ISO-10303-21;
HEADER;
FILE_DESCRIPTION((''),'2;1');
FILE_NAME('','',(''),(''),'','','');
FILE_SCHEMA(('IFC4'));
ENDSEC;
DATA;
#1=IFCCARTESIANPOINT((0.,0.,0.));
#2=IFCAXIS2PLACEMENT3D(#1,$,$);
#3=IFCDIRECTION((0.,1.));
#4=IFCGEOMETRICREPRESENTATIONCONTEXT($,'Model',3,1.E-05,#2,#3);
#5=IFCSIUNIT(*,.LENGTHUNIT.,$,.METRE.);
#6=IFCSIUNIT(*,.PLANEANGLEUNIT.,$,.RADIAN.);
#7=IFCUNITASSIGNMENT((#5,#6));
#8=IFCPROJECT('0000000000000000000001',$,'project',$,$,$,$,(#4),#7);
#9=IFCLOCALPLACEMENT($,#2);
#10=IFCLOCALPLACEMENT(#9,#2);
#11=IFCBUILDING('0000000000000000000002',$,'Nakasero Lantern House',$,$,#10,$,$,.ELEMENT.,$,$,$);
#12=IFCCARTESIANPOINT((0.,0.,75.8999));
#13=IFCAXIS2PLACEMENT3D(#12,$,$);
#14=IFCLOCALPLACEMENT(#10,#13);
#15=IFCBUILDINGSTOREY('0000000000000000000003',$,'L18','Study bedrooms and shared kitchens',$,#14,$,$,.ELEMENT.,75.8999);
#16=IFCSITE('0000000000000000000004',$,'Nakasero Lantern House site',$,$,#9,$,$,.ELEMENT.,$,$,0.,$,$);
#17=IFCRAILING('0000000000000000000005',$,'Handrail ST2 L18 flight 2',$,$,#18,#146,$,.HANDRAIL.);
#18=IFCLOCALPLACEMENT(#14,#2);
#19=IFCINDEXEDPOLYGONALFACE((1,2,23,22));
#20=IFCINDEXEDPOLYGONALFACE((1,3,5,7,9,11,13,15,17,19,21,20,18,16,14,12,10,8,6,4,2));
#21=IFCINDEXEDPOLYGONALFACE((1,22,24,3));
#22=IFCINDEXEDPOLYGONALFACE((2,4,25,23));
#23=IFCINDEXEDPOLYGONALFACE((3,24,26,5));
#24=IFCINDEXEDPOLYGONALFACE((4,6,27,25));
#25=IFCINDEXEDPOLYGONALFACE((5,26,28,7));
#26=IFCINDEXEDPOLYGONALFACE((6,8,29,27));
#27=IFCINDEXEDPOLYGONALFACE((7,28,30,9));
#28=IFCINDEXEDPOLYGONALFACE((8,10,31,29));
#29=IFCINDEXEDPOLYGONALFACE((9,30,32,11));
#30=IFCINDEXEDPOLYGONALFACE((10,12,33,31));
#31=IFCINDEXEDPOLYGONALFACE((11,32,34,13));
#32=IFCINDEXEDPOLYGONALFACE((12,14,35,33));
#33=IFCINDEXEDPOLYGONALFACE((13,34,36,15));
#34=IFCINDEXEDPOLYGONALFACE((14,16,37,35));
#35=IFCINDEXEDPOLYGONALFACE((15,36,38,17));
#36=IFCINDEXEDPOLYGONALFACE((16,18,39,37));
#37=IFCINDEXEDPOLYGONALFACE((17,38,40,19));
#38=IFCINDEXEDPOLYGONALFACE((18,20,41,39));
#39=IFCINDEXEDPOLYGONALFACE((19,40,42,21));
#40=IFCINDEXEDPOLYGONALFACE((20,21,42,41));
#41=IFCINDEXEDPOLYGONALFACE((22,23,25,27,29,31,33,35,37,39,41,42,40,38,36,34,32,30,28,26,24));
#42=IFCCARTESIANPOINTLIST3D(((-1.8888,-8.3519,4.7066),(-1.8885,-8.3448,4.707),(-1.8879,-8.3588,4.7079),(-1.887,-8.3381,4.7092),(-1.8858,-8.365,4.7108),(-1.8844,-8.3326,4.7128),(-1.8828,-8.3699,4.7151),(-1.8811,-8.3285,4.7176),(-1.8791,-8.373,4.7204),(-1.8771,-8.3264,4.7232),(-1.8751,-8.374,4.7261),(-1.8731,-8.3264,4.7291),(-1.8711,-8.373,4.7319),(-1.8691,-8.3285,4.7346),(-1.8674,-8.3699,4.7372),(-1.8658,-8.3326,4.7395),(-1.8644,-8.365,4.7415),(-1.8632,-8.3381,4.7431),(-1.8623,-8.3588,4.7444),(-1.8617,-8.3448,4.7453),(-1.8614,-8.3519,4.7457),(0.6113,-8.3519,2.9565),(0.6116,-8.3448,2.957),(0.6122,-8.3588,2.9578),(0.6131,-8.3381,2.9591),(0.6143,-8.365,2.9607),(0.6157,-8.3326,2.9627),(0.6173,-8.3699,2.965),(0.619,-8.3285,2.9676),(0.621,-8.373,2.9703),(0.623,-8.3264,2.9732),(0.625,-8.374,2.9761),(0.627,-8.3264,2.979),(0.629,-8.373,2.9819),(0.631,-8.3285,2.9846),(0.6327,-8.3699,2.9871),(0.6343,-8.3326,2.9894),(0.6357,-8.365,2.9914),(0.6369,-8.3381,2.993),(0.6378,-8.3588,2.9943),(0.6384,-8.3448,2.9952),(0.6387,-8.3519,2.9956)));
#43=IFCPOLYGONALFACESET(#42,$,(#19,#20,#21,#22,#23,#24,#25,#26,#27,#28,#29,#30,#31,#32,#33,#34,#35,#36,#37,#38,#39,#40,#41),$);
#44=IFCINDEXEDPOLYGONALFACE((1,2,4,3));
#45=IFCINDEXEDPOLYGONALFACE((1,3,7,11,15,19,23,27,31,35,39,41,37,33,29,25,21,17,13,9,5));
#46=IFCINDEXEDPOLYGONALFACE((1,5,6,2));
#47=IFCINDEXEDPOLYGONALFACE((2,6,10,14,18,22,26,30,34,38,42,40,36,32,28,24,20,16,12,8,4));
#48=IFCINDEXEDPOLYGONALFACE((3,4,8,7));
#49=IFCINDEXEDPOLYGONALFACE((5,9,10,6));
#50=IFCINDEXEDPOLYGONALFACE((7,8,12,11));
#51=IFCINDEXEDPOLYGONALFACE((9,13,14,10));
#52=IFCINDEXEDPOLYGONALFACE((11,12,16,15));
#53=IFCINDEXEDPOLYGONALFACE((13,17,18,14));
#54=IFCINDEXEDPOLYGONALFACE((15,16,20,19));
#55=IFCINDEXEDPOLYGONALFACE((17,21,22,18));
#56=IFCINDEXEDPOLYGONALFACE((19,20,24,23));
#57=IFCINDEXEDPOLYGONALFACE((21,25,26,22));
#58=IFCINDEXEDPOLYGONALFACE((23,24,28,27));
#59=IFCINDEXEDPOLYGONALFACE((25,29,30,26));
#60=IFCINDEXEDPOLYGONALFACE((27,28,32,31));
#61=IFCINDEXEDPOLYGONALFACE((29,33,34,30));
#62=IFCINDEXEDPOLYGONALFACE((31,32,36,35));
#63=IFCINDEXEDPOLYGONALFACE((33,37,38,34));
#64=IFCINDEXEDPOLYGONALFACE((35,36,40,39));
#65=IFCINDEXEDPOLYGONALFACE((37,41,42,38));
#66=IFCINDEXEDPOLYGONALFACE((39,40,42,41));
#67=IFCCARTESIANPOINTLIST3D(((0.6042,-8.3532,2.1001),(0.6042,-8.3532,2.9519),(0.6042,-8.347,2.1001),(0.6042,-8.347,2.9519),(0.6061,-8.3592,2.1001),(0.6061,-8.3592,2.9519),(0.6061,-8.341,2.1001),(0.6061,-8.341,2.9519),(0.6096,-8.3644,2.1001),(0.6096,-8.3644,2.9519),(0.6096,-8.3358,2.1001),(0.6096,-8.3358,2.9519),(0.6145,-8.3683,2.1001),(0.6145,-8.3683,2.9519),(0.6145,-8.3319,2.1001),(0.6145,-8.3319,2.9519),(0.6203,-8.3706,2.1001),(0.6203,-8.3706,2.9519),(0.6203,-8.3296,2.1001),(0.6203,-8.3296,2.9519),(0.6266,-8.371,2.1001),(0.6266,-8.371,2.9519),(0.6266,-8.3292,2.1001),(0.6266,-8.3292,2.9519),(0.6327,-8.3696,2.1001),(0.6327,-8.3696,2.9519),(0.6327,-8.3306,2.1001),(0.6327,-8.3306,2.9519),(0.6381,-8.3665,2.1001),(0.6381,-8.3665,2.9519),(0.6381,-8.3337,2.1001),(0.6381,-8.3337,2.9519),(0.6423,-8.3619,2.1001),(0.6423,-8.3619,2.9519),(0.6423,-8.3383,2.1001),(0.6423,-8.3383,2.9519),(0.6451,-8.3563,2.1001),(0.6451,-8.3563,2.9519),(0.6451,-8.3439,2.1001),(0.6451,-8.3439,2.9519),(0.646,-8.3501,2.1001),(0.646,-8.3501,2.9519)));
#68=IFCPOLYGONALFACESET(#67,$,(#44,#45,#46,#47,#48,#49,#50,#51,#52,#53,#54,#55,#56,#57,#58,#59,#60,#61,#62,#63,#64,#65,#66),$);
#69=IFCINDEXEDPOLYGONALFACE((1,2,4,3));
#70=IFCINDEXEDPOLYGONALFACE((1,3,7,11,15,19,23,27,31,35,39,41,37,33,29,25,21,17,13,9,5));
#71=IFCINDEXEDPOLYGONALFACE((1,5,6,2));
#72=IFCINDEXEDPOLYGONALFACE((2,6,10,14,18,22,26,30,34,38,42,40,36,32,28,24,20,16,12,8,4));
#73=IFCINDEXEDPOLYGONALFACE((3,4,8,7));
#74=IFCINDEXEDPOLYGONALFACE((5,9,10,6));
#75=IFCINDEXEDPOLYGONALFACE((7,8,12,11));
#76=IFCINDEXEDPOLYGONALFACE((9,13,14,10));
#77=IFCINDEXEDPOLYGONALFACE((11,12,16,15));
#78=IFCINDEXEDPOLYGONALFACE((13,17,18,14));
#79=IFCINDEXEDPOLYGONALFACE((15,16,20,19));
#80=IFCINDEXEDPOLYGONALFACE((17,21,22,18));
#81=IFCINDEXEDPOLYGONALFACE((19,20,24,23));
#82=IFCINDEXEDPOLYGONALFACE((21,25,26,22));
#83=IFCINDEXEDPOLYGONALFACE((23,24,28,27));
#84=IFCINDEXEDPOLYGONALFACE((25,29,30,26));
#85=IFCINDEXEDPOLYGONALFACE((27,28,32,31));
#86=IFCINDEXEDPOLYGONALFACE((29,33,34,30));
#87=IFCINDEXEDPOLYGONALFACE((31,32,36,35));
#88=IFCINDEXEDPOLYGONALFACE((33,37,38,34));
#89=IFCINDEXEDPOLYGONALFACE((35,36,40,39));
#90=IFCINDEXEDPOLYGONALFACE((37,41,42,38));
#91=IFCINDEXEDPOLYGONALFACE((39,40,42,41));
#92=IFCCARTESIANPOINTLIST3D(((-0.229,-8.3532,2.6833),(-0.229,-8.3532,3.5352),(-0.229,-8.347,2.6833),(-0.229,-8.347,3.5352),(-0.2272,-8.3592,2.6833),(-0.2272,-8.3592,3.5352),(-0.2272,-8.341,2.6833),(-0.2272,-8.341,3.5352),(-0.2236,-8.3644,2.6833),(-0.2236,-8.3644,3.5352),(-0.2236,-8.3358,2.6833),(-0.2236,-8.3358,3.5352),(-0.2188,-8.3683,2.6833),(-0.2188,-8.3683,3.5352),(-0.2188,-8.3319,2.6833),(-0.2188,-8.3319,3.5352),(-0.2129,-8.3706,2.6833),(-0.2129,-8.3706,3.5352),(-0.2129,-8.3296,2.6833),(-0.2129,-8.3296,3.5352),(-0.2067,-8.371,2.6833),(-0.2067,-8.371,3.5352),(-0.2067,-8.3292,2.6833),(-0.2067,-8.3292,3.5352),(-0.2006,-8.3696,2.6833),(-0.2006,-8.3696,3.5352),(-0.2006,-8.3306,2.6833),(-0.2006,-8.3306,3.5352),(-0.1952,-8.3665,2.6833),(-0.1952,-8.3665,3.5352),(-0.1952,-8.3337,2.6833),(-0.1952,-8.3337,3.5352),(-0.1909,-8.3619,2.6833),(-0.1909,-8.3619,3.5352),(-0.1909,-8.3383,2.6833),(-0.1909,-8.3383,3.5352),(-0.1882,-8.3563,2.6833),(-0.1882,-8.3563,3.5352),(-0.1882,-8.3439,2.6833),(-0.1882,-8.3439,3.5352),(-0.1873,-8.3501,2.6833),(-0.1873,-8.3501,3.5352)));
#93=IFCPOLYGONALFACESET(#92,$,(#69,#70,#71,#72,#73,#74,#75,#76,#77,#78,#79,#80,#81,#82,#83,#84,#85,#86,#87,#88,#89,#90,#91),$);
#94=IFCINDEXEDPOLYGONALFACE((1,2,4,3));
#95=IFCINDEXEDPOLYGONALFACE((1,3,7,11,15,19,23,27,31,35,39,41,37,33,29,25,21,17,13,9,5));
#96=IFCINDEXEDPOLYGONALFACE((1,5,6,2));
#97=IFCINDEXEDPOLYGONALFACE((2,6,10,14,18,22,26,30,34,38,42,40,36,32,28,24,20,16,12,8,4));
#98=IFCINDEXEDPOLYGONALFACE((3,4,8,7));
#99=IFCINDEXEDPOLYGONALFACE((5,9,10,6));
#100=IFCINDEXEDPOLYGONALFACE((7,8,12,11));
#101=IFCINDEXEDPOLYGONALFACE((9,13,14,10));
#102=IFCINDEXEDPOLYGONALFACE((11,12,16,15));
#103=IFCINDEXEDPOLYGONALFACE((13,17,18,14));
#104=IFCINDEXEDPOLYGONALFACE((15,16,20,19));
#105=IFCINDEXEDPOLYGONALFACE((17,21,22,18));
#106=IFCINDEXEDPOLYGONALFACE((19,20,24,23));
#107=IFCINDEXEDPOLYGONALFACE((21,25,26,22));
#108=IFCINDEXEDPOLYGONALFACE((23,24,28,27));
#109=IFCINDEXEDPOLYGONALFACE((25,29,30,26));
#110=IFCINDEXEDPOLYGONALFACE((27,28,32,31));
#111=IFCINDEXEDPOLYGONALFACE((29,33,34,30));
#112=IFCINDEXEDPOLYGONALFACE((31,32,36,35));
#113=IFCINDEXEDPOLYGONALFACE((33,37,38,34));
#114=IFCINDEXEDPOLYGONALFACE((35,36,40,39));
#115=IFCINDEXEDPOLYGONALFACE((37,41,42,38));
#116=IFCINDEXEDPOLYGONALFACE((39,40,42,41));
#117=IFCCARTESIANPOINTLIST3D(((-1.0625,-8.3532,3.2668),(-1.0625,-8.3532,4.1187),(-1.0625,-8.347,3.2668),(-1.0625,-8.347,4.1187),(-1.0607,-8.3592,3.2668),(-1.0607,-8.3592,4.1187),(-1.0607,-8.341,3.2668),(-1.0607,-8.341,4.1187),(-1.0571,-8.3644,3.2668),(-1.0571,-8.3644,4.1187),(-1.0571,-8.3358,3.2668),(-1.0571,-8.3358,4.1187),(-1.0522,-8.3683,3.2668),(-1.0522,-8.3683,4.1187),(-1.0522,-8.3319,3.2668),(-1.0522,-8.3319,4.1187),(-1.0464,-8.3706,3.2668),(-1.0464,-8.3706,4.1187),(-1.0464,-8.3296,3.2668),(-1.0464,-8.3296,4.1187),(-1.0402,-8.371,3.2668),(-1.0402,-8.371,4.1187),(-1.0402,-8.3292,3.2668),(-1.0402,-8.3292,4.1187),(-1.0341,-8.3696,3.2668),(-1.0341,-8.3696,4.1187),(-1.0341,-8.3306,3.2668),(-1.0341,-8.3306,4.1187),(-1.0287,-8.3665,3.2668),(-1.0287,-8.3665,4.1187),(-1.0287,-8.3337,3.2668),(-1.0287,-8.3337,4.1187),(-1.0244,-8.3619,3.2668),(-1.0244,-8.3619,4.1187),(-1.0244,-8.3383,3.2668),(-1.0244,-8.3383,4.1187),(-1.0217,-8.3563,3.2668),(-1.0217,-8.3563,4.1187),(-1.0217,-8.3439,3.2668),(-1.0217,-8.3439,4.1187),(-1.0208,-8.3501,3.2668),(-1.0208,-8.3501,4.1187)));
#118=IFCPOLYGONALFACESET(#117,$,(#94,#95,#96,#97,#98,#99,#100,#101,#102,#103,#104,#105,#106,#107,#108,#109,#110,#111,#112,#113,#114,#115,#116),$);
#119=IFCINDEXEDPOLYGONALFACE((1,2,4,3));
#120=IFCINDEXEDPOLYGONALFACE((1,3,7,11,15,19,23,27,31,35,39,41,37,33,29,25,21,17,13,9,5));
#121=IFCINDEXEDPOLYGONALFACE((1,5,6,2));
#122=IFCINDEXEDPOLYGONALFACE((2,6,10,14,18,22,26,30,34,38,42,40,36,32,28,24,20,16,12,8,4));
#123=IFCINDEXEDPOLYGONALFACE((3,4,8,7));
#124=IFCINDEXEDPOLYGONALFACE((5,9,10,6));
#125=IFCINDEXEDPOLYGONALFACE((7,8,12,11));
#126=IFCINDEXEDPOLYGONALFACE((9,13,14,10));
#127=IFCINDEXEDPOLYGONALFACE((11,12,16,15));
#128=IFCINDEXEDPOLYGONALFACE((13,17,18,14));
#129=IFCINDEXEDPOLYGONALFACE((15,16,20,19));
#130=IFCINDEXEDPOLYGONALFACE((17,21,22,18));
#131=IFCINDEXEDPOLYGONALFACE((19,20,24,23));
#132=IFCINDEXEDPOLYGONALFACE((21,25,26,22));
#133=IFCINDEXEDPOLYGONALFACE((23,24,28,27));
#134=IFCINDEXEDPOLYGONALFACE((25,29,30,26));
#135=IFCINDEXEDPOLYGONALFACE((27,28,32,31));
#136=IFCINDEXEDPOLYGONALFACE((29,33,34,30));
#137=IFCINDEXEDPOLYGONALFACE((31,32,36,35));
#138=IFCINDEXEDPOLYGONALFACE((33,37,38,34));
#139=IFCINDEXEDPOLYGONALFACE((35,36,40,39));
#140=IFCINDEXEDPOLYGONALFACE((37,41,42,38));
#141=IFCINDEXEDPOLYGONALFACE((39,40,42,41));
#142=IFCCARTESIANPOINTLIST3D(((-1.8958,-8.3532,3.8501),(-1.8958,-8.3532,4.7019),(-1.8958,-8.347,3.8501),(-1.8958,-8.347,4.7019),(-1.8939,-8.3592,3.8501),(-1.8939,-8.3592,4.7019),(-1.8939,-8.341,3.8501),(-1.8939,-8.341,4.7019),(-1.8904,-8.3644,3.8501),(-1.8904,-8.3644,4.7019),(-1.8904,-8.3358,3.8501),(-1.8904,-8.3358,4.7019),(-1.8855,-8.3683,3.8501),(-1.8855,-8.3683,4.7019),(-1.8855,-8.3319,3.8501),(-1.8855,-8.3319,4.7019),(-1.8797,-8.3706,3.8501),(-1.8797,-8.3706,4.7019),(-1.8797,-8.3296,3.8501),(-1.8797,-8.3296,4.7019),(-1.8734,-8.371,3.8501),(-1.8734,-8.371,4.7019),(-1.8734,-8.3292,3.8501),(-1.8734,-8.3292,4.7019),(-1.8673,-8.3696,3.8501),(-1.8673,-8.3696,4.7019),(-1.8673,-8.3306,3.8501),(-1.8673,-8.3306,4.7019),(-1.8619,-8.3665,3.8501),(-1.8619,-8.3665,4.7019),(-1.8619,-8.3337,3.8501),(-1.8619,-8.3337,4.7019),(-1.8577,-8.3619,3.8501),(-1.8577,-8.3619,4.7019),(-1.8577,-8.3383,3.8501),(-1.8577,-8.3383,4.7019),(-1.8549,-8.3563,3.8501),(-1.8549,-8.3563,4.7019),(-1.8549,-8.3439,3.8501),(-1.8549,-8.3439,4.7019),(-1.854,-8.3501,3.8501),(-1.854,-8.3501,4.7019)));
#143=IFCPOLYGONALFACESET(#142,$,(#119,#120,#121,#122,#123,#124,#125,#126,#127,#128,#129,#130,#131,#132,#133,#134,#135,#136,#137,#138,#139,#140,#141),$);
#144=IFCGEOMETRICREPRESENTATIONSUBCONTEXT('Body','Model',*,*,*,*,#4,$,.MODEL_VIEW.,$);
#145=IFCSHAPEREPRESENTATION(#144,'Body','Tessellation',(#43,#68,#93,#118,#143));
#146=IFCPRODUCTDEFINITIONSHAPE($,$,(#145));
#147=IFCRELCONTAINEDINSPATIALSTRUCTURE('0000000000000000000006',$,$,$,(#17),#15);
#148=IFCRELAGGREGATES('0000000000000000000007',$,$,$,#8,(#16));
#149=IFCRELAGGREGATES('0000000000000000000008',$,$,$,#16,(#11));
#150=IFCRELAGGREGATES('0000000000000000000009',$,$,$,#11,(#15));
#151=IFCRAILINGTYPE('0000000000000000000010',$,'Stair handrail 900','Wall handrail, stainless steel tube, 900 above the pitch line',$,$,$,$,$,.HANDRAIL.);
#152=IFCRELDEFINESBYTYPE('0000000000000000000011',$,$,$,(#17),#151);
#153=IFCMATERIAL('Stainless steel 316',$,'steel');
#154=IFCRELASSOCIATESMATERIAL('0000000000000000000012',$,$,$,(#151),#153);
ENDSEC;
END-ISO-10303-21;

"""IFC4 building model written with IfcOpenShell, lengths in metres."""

from ifc_helpers import new_model, si_unit, direction, frame, origin, origin_2d, place, context, subcontext, project, spatial, circle, extrude, material, type_object, element, save


model = new_model("IFC4")

# Units and contexts
model_context = context("Model", 3, precision=1e-05, world=origin(), true_north=direction((0.0, 1.0)))
body_context = subcontext(model_context, "Body", "Model", "MODEL_VIEW")
ifc_project = project(units=[si_unit("LENGTHUNIT", "METRE"), si_unit("PLANEANGLEUNIT", "RADIAN")], contexts=[model_context])

# Site, building, storey
site_placement = place(None, origin())
site = spatial("IfcSite", under=ifc_project, at=site_placement, Name="Nakasero Lantern House site", CompositionType="ELEMENT", RefElevation=0.0)
building_placement = place(site_placement, origin())
building = spatial("IfcBuilding", under=site, at=building_placement, Name="Nakasero Lantern House", CompositionType="ELEMENT")
storey_placement = place(building_placement, frame((0.0, 0.0, 75.8999)))
storey = spatial("IfcBuildingStorey", under=building, at=storey_placement, Name="L18", Description="Study bedrooms and shared kitchens", CompositionType="ELEMENT", Elevation=75.8999)

# Railing
ifc_material_1 = material(Name="Stainless steel 316", Category="steel")
railing_type = type_object("IfcRailingType", Name="Stair handrail 900", Description="Wall handrail, stainless steel tube, 900 above the pitch line", PredefinedType="HANDRAIL", material=ifc_material_1)
railing_placement = place(storey_placement, frame((0.625, -8.3501, 2.1001)))
element("IfcRailing", 1, at=railing_placement, inside=storey, type_object=railing_type, Name="Handrail ST2 L18 flight 2", PredefinedType="HANDRAIL", context=body_context, shape_type="SweptSolid", body=[
    extrude(circle(Radius=0.0239, at=origin_2d()), frame((0.0, 0.0, 0.876), z_axis=(-0.819232, 0.0, 0.573462), x_axis=(0.0, -1.0, 0.0)), (0.0, 0.0, 1.0), 3.0518),
    extrude(circle(Radius=0.021, at=origin_2d()), origin(), (0.0, 0.0, 1.0), 0.8518),
    extrude(circle(Radius=0.021, at=origin_2d()), frame((-0.8333, 0.0, 0.5833)), (0.0, 0.0, 1.0), 0.8518),
    extrude(circle(Radius=0.021, at=origin_2d()), frame((-1.6667, 0.0, 1.1667)), (0.0, 0.0, 1.0), 0.8518),
    extrude(circle(Radius=0.021, at=origin_2d()), frame((-2.5, 0.0, 1.75)), (0.0, 0.0, 1.0), 0.8518),
])

save(model, "model.ifc")
